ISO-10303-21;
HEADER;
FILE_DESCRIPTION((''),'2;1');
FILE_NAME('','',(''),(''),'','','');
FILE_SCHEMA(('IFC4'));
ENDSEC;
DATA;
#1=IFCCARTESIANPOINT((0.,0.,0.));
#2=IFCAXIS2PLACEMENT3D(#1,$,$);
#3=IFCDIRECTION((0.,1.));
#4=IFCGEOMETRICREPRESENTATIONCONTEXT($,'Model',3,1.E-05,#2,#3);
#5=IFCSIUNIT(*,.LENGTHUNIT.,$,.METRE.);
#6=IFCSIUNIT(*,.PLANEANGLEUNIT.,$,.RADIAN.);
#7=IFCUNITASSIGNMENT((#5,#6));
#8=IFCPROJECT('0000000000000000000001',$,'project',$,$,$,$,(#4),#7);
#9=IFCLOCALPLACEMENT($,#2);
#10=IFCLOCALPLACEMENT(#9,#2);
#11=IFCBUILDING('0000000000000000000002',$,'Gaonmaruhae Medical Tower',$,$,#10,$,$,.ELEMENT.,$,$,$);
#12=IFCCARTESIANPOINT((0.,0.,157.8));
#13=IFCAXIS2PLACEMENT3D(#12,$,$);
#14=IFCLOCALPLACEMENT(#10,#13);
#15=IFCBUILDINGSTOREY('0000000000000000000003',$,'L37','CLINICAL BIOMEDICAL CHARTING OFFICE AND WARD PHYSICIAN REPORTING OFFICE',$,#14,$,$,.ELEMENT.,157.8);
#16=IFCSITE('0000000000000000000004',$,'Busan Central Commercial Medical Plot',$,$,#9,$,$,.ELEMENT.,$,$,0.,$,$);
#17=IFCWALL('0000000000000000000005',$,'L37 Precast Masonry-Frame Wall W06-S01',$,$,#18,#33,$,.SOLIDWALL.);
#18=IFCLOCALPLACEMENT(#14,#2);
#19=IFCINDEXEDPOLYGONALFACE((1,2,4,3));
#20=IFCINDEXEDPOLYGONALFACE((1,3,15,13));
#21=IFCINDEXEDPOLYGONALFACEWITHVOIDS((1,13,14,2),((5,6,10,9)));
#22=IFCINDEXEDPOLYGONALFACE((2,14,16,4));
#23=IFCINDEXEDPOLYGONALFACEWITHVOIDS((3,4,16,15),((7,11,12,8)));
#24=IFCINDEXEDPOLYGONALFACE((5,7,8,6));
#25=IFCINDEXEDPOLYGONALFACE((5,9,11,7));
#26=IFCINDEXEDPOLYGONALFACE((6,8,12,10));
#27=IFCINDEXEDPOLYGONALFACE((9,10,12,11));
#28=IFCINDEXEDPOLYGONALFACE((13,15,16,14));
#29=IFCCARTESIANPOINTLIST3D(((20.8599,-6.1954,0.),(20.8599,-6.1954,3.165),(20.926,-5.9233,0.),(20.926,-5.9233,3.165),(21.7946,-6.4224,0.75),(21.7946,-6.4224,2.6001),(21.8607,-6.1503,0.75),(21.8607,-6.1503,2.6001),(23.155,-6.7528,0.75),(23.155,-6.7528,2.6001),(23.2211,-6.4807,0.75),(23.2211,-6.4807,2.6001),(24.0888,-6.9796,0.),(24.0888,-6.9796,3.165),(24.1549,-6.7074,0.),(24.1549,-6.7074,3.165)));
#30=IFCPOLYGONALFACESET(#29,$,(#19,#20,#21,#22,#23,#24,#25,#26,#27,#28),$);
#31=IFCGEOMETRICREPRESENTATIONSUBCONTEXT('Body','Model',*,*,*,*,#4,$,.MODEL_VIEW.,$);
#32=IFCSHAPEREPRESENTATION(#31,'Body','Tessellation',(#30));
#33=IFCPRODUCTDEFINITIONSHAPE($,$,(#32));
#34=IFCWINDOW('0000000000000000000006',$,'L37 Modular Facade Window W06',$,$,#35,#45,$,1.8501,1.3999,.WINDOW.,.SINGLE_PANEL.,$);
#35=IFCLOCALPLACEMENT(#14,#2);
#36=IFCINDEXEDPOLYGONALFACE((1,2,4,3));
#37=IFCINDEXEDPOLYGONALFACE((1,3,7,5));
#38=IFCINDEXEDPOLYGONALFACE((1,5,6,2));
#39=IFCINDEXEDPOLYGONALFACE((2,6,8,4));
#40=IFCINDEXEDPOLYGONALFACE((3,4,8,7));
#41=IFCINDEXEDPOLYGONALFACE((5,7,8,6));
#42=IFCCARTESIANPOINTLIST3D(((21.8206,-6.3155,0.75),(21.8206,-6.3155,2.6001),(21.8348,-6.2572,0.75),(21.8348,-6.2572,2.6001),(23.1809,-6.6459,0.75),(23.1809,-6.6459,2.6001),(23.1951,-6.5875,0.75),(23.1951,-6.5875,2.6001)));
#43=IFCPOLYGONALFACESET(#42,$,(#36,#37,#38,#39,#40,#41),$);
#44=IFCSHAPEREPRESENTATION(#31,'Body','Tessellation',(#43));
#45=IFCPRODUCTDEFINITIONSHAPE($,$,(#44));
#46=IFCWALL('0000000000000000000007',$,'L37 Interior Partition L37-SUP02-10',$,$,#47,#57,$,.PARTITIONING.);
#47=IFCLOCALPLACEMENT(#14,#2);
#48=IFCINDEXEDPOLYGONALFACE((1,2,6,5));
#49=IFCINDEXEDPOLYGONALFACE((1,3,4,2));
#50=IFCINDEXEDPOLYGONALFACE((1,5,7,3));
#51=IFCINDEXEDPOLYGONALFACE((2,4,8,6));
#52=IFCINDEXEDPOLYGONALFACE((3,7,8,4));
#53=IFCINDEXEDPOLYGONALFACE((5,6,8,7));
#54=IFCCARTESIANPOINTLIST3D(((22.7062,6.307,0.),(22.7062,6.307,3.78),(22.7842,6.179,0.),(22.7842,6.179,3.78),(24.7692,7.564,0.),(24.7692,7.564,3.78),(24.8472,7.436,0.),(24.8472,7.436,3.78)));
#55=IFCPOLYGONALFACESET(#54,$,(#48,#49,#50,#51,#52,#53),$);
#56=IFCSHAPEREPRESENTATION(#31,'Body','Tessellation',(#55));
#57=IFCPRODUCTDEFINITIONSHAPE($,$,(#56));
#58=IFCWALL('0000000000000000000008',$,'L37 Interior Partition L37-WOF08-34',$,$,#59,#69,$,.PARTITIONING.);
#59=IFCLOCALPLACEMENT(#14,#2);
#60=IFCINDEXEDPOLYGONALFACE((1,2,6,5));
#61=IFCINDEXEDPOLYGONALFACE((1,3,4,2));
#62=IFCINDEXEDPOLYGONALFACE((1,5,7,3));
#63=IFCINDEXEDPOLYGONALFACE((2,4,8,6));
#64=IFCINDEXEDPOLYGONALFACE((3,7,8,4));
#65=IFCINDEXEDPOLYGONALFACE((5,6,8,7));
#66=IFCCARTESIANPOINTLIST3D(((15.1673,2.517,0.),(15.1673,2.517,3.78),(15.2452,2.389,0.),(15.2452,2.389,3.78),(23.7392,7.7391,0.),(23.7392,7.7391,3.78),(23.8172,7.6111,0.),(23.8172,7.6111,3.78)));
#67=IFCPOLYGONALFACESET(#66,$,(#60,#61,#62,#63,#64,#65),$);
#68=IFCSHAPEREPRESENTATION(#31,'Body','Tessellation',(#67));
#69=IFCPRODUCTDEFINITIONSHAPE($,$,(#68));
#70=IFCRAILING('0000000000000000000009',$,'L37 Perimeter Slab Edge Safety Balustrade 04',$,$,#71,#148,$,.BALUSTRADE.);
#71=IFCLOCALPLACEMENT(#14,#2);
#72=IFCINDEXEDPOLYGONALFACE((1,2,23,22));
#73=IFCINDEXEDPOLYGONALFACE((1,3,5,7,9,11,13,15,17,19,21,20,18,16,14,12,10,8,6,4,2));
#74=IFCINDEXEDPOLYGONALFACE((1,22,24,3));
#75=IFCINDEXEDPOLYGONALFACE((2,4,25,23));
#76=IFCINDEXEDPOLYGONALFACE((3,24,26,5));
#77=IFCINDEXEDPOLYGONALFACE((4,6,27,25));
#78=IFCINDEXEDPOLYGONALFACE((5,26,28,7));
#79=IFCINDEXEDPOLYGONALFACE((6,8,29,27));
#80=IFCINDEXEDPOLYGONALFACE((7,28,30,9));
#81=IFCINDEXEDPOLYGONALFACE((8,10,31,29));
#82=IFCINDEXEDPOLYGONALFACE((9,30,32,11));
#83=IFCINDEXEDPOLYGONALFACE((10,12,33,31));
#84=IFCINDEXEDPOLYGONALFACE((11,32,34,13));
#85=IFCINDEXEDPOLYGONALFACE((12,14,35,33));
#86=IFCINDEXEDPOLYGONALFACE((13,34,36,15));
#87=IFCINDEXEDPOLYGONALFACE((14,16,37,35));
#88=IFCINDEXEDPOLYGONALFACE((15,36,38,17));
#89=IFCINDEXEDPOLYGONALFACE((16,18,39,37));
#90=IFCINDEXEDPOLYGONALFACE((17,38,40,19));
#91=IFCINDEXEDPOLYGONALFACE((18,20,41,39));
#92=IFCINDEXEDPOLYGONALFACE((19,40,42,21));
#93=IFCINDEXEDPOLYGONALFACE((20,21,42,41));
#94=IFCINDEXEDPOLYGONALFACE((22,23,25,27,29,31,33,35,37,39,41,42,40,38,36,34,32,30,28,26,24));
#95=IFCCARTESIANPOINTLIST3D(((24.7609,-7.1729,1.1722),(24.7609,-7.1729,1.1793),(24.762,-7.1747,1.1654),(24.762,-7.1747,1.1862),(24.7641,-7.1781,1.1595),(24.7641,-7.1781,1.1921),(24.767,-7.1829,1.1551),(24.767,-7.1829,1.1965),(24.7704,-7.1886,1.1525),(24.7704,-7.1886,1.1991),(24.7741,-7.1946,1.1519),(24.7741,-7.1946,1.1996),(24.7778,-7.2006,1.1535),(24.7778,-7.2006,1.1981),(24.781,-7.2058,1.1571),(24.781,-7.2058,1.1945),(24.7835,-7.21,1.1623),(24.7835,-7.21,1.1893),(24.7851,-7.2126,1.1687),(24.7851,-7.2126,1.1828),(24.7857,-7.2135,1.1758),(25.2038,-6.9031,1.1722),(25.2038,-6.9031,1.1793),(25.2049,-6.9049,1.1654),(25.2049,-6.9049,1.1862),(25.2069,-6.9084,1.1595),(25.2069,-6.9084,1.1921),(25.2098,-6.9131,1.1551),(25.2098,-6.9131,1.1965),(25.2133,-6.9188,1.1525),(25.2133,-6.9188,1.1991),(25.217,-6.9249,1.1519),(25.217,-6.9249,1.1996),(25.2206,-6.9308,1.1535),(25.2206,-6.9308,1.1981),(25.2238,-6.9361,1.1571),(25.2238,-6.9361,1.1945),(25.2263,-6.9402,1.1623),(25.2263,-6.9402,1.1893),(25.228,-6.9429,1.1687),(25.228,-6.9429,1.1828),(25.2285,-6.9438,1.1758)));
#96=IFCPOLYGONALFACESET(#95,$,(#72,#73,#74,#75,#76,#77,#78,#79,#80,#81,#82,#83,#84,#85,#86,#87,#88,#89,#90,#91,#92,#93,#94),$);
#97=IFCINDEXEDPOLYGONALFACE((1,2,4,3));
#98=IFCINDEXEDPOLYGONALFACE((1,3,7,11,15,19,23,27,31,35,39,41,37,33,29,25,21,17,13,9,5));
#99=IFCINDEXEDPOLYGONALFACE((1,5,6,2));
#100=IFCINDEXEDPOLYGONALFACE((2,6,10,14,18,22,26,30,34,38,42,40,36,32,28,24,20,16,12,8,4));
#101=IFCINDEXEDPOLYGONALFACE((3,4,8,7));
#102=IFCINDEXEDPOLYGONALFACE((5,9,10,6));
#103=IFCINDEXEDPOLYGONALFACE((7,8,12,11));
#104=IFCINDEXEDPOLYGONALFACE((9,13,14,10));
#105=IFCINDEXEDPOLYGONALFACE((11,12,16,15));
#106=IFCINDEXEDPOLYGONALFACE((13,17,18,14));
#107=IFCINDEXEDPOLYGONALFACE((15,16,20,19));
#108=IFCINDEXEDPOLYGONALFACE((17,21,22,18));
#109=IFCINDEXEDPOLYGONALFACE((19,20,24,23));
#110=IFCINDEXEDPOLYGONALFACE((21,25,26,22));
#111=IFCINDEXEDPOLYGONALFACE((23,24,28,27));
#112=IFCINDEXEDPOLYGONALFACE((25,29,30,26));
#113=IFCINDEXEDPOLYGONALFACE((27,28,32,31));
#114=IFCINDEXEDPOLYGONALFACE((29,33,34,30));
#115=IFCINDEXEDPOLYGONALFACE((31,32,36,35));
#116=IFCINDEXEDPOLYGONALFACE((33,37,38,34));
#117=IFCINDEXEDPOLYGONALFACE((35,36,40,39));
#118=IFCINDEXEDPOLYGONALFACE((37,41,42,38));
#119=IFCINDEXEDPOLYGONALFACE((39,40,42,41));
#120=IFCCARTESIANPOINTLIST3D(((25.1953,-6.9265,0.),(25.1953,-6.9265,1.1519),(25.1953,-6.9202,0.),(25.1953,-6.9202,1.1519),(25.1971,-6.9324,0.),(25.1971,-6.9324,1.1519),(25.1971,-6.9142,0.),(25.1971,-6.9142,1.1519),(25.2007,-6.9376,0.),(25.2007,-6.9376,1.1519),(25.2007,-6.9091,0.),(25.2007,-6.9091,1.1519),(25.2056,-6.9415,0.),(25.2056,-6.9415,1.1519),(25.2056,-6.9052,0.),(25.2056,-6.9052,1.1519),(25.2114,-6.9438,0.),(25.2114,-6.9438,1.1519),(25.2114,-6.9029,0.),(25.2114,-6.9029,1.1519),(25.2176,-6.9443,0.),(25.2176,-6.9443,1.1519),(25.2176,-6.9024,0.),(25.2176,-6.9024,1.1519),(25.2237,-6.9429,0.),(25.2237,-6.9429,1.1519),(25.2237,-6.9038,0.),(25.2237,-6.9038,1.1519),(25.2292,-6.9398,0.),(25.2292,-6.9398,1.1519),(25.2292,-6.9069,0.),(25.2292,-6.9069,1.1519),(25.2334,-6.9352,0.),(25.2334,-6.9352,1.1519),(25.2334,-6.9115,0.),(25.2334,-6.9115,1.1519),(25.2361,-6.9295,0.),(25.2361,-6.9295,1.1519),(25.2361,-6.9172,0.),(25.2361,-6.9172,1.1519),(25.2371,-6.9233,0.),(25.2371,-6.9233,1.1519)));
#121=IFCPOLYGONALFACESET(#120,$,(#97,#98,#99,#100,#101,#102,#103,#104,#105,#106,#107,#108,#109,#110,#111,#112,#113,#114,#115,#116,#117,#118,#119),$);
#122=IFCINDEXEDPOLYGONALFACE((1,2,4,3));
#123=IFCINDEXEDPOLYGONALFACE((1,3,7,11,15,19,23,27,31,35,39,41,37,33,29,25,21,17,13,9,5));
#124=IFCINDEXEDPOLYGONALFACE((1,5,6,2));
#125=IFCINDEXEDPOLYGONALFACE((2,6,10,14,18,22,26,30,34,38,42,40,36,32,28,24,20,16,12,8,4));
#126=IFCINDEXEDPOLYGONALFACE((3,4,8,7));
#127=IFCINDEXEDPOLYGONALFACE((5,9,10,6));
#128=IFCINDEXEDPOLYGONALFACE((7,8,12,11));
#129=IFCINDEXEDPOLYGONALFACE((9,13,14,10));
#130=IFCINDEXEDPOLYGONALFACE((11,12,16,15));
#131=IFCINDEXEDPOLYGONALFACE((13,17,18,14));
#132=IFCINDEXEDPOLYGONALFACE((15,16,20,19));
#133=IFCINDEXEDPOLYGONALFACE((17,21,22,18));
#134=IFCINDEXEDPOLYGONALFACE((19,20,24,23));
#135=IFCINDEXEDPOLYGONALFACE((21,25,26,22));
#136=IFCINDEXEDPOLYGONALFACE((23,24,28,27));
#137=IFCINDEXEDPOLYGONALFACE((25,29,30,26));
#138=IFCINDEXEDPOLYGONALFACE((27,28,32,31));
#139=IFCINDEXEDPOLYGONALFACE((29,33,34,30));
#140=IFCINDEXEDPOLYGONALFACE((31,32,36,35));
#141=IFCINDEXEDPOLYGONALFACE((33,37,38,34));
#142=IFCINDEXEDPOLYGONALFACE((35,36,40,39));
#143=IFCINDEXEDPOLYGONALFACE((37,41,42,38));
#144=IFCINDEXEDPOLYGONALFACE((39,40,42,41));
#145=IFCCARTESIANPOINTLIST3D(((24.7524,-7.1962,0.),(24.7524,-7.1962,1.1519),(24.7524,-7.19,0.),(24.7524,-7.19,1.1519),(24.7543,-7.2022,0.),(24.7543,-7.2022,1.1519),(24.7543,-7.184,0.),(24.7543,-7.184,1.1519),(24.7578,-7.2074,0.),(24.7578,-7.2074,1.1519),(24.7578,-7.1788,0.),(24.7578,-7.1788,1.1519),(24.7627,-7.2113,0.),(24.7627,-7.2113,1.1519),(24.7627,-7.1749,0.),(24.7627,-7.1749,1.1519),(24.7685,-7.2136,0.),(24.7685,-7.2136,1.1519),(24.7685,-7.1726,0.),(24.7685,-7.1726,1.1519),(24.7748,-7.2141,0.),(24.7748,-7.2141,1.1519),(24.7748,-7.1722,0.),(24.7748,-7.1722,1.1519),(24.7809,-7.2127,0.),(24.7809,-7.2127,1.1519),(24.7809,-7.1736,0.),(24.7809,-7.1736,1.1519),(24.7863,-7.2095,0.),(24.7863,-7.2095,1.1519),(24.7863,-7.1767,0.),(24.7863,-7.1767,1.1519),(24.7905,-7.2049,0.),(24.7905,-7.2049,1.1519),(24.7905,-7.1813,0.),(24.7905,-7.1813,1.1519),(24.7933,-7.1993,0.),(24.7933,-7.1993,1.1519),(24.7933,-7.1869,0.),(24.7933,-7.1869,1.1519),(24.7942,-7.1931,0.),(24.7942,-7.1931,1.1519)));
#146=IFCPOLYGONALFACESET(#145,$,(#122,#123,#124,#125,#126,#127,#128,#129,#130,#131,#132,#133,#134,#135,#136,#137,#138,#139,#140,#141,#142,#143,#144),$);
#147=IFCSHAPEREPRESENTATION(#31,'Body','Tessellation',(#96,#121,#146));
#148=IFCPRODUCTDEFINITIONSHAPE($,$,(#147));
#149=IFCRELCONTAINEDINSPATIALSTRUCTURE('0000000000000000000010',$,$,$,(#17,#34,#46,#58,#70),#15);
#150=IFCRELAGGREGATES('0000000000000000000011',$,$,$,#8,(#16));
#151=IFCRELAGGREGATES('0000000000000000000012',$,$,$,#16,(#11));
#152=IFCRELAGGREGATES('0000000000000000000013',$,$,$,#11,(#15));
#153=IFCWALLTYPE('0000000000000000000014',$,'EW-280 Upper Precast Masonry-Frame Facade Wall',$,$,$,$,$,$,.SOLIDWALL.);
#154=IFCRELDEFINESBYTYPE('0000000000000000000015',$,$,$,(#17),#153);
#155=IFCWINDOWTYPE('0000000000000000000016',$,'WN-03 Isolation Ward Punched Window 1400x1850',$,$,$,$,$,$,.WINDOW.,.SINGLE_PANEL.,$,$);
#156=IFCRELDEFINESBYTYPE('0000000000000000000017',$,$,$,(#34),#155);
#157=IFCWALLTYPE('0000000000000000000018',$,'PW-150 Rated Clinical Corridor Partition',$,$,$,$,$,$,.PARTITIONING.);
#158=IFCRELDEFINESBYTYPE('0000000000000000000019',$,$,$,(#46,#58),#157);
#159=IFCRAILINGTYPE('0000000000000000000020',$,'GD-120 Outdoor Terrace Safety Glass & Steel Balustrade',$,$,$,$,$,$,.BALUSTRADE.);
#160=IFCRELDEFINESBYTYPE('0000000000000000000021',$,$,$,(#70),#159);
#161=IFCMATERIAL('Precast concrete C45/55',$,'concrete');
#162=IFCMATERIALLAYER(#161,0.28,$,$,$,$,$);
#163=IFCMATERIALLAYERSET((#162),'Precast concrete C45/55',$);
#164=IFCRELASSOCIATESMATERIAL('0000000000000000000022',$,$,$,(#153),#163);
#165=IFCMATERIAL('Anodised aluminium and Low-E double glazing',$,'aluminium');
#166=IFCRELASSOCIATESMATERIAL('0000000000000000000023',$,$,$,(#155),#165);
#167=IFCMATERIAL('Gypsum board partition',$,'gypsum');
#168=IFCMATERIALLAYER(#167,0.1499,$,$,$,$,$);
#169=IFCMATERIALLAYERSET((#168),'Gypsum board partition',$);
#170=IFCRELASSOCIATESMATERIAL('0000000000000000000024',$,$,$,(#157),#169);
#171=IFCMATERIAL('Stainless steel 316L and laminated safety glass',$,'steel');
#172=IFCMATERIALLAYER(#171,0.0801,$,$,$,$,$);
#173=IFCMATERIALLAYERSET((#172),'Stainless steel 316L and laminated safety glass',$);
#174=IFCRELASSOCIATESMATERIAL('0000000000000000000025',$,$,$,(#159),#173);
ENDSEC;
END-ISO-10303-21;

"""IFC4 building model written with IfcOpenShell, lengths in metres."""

from ifc_helpers import new_model, si_unit, direction, frame, frame_2d, origin, origin_2d, place, context, subcontext, project, spatial, rectangle, circle, extrude, material, layer, layer_set, type_object, element, fill, save


model = new_model("IFC4")

# Units and contexts
model_context = context("Model", 3, precision=1e-05, world=origin(), true_north=direction((0.0, 1.0)))
body_context = subcontext(model_context, "Body", "Model", "MODEL_VIEW")
ifc_project = project(units=[si_unit("LENGTHUNIT", "METRE"), si_unit("PLANEANGLEUNIT", "RADIAN")], contexts=[model_context])

# Site, building, storey
site_placement = place(None, origin())
site = spatial("IfcSite", under=ifc_project, at=site_placement, Name="Busan Central Commercial Medical Plot", CompositionType="ELEMENT", RefElevation=0.0)
building_placement = place(site_placement, origin())
building = spatial("IfcBuilding", under=site, at=building_placement, Name="Gaonmaruhae Medical Tower", CompositionType="ELEMENT")
storey_placement = place(building_placement, frame((0.0, 0.0, 157.8)))
storey = spatial("IfcBuildingStorey", under=building, at=storey_placement, Name="L37", Description="CLINICAL BIOMEDICAL CHARTING OFFICE AND WARD PHYSICIAN REPORTING OFFICE", CompositionType="ELEMENT", Elevation=157.8)

# Wall, opening, window
ifc_material_1 = material(Name="Precast concrete C45/55", Category="concrete")
ifc_layer_1 = layer(ifc_material_1, 0.28)
ifc_layer_set_1 = layer_set([ifc_layer_1], Name="Precast concrete C45/55")
wall_type_1 = type_object("IfcWallType", Name="EW-280 Upper Precast Masonry-Frame Facade Wall", PredefinedType="SOLIDWALL", material=ifc_layer_set_1)
ifc_material_2 = material(Name="Anodised aluminium and Low-E double glazing", Category="aluminium")
wall_1_placement = place(storey_placement, frame((24.1218, -6.8435, 0.0), z_axis=(0.0, 0.0, 1.0), x_axis=(-0.971754, 0.235995, 0.0)))
wall_1 = element("IfcWall", 1, at=wall_1_placement, inside=storey, type_object=wall_type_1, Name="L37 Precast Masonry-Frame Wall W06-S01", PredefinedType="SOLIDWALL", context=body_context, shape_type="SweptSolid", body=[
    extrude(rectangle(XDim=3.3228, YDim=0.28, at=frame_2d((1.6614, 0.0))), origin(), (0.0, 0.0, 1.0), 3.165),
])
opening_1_placement = place(wall_1_placement, frame((0.9609, 0.0, 0.75)))
opening_1 = element("IfcOpeningElement", 2, at=opening_1_placement, cuts=wall_1, PredefinedType="OPENING", context=body_context, shape_type="SweptSolid", body=[
    extrude(rectangle(XDim=1.3999, YDim=1.8501, at=frame_2d((0.7, 0.925))), frame((0.0, 0.1499, 0.0), z_axis=(0.0, -1.0, 0.0), x_axis=(1.0, 0.0, 0.0)), (0.0, 0.0, 1.0), 0.3),
])
window_type_1 = type_object("IfcWindowType", Name="WN-03 Isolation Ward Punched Window 1400x1850", PartitioningType="SINGLE_PANEL", PredefinedType="WINDOW", material=ifc_material_2)
window_1_placement = place(opening_1_placement, origin())
window_1 = element("IfcWindow", 3, at=window_1_placement, inside=storey, type_object=window_type_1, Name="L37 Modular Facade Window W06", OverallHeight=1.8501, OverallWidth=1.3999, PartitioningType="SINGLE_PANEL", PredefinedType="WINDOW", context=body_context, shape_type="SweptSolid", body=[
    extrude(rectangle(XDim=1.3999, YDim=1.8501, at=frame_2d((0.7, 0.925))), frame((0.0, 0.03, 0.0), z_axis=(0.0, -1.0, 0.0), x_axis=(1.0, 0.0, 0.0)), (0.0, 0.0, 1.0), 0.0601),
])
fill(opening_1, window_1)

# Walls
ifc_material_3 = material(Name="Gypsum board partition", Category="gypsum")
ifc_layer_2 = layer(ifc_material_3, 0.1499)
ifc_layer_set_2 = layer_set([ifc_layer_2], Name="Gypsum board partition")
wall_type_2 = type_object("IfcWallType", Name="PW-150 Rated Clinical Corridor Partition", PredefinedType="PARTITIONING", material=ifc_layer_set_2)
wall_2_placement = place(storey_placement, frame((22.7451, 6.2429, 0.0), z_axis=(0.0, 0.0, 1.0), x_axis=(0.853951, 0.520354, 0.0)))
element("IfcWall", 4, at=wall_2_placement, inside=storey, type_object=wall_type_2, Name="L37 Interior Partition L37-SUP02-10", PredefinedType="PARTITIONING", context=body_context, shape_type="SweptSolid", body=[
    extrude(rectangle(XDim=2.4158, YDim=0.1499, at=frame_2d((1.208, 0.0))), origin(), (0.0, 0.0, 1.0), 3.78),
])
wall_3_placement = place(storey_placement, frame((23.7781, 7.675, 0.0), z_axis=(0.0, 0.0, 1.0), x_axis=(-0.854003, -0.520268, 0.0)))
element("IfcWall", 5, at=wall_3_placement, inside=storey, type_object=wall_type_2, Name="L37 Interior Partition L37-WOF08-34", PredefinedType="PARTITIONING", context=body_context, shape_type="SweptSolid", body=[
    extrude(rectangle(XDim=10.0374, YDim=0.1499, at=frame_2d((5.0186, 0.0))), origin(), (0.0, 0.0, 1.0), 3.78),
])

# Railing
ifc_material_4 = material(Name="Stainless steel 316L and laminated safety glass", Category="steel")
ifc_layer_3 = layer(ifc_material_4, 0.0801)
ifc_layer_set_3 = layer_set([ifc_layer_3], Name="Stainless steel 316L and laminated safety glass")
railing_type = type_object("IfcRailingType", Name="GD-120 Outdoor Terrace Safety Glass & Steel Balustrade", PredefinedType="BALUSTRADE", material=ifc_layer_set_3)
railing_1_placement = place(storey_placement, frame((25.2161, -6.9233, 0.0)))
element("IfcRailing", 6, at=railing_1_placement, inside=storey, type_object=railing_type, Name="L37 Perimeter Slab Edge Safety Balustrade 04", PredefinedType="BALUSTRADE", context=body_context, shape_type="SweptSolid", body=[
    extrude(circle(Radius=0.0239, at=origin_2d()), frame((0.0, 0.0, 1.1758), z_axis=(-0.854026, -0.520231, 0.0), x_axis=(0.520231, -0.854026, 0.0)), (0.0, 0.0, 1.0), 0.5186),
    extrude(circle(Radius=0.021, at=origin_2d()), origin(), (0.0, 0.0, 1.0), 1.1519),
    extrude(circle(Radius=0.021, at=origin_2d()), frame((-0.4429, -0.2698, 0.0)), (0.0, 0.0, 1.0), 1.1519),
])

save(model, "model.ifc")
